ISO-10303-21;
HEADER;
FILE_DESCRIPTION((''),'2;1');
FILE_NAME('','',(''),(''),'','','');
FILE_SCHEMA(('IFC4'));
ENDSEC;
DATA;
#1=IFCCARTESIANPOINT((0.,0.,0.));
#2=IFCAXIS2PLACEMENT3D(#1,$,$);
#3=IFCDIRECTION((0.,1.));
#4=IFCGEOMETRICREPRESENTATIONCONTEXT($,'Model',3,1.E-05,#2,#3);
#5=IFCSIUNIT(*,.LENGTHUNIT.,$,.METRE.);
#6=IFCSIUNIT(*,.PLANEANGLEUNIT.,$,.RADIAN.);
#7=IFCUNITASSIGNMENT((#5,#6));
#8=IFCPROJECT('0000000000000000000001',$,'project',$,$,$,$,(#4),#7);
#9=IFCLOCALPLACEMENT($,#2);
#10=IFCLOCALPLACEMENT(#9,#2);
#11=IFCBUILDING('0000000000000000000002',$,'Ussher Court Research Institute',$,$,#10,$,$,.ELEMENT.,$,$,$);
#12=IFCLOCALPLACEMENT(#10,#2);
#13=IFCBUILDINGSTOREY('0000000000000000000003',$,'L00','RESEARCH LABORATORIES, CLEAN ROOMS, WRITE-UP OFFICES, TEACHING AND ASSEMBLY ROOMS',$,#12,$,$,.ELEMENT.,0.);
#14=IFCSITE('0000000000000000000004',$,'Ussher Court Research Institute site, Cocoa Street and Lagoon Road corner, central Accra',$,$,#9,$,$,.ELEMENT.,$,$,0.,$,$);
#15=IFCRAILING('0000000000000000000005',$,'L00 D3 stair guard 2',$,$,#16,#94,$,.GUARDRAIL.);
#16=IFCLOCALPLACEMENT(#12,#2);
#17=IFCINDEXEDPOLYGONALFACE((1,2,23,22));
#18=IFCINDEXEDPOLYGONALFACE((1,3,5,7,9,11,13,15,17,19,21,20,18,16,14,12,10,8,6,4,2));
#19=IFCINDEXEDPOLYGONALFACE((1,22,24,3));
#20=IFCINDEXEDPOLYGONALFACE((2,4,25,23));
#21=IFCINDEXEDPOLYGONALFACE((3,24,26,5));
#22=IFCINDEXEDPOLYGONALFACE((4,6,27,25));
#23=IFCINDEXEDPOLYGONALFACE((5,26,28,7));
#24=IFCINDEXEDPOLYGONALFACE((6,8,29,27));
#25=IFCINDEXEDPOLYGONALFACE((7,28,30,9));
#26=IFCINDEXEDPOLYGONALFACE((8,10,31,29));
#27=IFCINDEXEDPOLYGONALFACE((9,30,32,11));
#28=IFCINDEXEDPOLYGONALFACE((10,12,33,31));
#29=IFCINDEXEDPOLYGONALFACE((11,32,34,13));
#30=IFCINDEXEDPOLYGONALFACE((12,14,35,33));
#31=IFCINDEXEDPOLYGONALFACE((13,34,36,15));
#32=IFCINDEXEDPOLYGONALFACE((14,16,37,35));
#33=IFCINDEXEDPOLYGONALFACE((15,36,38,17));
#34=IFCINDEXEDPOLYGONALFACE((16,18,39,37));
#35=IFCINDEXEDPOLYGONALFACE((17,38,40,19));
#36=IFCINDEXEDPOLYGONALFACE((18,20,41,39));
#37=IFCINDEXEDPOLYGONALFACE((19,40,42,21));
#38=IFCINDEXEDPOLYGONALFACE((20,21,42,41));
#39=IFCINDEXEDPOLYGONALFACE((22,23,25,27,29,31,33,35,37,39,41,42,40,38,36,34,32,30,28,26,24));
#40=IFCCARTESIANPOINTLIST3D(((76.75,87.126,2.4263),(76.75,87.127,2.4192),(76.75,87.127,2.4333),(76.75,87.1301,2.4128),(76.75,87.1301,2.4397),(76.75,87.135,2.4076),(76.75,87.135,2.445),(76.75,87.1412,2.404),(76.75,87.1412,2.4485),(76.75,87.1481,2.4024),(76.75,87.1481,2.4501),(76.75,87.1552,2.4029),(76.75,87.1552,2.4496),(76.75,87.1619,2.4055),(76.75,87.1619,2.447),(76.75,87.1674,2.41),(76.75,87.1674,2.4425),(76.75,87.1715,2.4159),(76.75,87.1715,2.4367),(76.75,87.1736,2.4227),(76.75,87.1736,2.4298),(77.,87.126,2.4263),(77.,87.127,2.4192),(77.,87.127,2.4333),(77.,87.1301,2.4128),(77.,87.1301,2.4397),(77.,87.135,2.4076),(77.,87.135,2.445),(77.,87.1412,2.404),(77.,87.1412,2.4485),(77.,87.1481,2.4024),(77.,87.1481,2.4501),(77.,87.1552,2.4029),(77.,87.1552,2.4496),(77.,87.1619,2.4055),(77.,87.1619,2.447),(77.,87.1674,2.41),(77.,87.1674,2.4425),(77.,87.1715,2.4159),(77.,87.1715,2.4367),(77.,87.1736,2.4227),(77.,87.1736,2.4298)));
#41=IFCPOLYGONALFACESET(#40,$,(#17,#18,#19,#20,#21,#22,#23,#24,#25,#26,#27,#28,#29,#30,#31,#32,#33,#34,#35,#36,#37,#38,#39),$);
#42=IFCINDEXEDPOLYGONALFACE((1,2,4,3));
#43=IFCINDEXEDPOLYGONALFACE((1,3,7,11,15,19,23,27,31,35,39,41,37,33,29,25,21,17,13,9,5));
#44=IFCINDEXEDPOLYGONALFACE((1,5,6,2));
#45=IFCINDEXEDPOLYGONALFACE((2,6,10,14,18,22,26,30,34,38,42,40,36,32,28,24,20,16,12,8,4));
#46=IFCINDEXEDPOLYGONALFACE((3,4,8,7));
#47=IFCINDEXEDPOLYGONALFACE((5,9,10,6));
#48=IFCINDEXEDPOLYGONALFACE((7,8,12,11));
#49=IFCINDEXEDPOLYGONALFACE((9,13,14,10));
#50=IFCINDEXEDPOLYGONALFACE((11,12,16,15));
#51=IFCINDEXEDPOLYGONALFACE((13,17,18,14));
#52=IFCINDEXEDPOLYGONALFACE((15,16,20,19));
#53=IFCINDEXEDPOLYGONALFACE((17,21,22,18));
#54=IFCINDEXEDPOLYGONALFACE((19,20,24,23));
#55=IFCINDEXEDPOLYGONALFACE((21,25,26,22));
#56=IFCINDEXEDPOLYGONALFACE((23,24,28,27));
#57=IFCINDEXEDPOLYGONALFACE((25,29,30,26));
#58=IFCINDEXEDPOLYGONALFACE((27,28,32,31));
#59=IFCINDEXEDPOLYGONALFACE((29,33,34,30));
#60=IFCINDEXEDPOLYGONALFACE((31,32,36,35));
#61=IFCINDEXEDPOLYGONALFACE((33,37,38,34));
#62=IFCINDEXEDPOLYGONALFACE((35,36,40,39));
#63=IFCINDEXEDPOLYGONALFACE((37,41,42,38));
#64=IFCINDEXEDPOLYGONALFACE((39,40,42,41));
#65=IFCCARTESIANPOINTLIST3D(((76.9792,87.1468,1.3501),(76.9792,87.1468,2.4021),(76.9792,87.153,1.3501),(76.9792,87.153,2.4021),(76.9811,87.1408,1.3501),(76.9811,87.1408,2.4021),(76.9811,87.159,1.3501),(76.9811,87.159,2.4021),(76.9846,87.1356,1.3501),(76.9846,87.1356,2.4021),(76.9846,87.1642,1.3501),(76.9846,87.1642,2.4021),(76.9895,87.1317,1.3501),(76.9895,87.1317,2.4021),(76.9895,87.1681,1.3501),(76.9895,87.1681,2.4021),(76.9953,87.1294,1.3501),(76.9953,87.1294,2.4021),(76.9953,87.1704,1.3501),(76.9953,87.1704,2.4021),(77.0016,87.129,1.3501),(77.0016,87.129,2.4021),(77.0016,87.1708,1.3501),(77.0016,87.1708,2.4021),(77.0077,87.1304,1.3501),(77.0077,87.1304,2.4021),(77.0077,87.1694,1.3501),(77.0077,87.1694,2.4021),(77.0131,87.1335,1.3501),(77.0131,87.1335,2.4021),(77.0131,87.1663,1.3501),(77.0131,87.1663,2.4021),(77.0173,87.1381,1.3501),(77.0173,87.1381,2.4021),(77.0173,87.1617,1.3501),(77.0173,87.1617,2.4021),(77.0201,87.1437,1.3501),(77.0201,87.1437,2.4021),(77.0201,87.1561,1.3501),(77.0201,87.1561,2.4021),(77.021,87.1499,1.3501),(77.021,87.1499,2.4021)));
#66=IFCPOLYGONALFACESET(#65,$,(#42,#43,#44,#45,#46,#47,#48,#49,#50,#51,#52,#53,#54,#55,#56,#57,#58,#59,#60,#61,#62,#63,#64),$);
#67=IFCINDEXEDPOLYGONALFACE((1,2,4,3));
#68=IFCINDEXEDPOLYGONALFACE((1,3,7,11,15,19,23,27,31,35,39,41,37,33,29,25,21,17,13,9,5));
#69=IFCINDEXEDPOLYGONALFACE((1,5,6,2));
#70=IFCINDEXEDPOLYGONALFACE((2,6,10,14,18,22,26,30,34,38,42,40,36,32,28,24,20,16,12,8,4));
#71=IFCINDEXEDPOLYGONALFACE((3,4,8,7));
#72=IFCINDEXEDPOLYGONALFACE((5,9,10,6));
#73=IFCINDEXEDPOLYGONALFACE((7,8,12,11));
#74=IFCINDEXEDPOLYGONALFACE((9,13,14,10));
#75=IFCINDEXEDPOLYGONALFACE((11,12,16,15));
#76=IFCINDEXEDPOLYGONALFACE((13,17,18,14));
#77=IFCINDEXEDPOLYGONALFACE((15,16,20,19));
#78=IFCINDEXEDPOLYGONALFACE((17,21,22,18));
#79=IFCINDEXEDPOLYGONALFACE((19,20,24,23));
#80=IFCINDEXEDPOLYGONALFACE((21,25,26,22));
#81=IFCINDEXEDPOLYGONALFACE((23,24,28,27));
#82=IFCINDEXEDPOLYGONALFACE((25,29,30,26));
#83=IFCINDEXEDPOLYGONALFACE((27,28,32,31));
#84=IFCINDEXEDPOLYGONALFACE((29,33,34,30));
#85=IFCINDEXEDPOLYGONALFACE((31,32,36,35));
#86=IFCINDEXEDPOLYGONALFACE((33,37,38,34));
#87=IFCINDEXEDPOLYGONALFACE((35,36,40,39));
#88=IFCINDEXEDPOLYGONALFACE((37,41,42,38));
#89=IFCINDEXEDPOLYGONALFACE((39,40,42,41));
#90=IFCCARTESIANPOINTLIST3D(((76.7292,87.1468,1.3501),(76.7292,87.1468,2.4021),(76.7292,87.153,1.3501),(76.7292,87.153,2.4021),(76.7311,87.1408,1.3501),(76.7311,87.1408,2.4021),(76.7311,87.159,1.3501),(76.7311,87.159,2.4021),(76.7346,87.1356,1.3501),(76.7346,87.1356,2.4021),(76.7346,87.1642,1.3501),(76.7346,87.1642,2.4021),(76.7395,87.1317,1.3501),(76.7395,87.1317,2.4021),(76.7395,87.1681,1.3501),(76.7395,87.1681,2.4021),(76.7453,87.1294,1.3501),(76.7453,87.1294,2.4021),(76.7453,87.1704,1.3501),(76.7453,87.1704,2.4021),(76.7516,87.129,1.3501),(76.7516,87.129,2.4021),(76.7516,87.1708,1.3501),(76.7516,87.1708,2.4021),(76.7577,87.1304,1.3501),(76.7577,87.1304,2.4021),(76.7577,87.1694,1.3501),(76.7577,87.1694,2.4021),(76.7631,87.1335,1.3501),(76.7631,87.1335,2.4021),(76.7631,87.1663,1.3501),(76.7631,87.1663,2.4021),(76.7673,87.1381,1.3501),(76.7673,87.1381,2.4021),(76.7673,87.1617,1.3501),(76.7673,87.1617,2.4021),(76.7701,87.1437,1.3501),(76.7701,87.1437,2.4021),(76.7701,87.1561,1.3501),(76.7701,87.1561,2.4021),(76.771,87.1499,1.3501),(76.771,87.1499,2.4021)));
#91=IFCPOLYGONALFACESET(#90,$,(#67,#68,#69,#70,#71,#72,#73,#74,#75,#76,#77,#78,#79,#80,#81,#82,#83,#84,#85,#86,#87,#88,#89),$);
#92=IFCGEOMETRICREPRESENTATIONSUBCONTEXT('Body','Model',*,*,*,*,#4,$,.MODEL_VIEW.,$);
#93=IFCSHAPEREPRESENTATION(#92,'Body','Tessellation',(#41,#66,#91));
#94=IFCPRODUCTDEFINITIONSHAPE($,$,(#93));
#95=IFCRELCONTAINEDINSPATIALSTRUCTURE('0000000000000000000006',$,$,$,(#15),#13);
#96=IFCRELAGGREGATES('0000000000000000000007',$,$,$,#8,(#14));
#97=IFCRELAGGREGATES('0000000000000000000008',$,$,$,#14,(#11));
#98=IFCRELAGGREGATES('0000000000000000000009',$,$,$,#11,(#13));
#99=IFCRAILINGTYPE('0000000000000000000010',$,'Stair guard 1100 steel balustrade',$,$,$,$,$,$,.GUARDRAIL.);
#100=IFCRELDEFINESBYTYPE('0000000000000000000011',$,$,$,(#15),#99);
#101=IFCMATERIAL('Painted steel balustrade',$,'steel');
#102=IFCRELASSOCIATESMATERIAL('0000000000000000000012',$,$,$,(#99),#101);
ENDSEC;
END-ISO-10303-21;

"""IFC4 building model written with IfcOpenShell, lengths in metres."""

from ifc_helpers import new_model, si_unit, direction, frame, origin, origin_2d, place, context, subcontext, project, spatial, circle, extrude, material, type_object, element, save


model = new_model("IFC4")

# Units and contexts
model_context = context("Model", 3, precision=1e-05, world=origin(), true_north=direction((0.0, 1.0)))
body_context = subcontext(model_context, "Body", "Model", "MODEL_VIEW")
ifc_project = project(units=[si_unit("LENGTHUNIT", "METRE"), si_unit("PLANEANGLEUNIT", "RADIAN")], contexts=[model_context])

# Site, building, storey
site_placement = place(None, origin())
site = spatial("IfcSite", under=ifc_project, at=site_placement, Name="Ussher Court Research Institute site, Cocoa Street and Lagoon Road corner, central Accra", CompositionType="ELEMENT", RefElevation=0.0)
building_placement = place(site_placement, origin())
building = spatial("IfcBuilding", under=site, at=building_placement, Name="Ussher Court Research Institute", CompositionType="ELEMENT")
storey_placement = place(building_placement, origin())
storey = spatial("IfcBuildingStorey", under=building, at=storey_placement, Name="L00", Description="RESEARCH LABORATORIES, CLEAN ROOMS, WRITE-UP OFFICES, TEACHING AND ASSEMBLY ROOMS", CompositionType="ELEMENT", Elevation=0.0)

# Railing
ifc_material_1 = material(Name="Painted steel balustrade", Category="steel")
railing_type = type_object("IfcRailingType", Name="Stair guard 1100 steel balustrade", PredefinedType="GUARDRAIL", material=ifc_material_1)
railing_1_placement = place(storey_placement, frame((77.0, 87.1499, 1.3501)))
element("IfcRailing", 1, at=railing_1_placement, inside=storey, type_object=railing_type, Name="L00 D3 stair guard 2", PredefinedType="GUARDRAIL", context=body_context, shape_type="SweptSolid", body=[
    extrude(circle(Radius=0.0239, at=origin_2d()), frame((0.0, 0.0, 1.0762), z_axis=(-1.0, 0.0, 0.0), x_axis=(0.0, -1.0, 0.0)), (0.0, 0.0, 1.0), 0.25),
    extrude(circle(Radius=0.021, at=origin_2d()), origin(), (0.0, 0.0, 1.0), 1.052),
    extrude(circle(Radius=0.021, at=origin_2d()), frame((-0.25, 0.0, 0.0)), (0.0, 0.0, 1.0), 1.052),
])

save(model, "model.ifc")
